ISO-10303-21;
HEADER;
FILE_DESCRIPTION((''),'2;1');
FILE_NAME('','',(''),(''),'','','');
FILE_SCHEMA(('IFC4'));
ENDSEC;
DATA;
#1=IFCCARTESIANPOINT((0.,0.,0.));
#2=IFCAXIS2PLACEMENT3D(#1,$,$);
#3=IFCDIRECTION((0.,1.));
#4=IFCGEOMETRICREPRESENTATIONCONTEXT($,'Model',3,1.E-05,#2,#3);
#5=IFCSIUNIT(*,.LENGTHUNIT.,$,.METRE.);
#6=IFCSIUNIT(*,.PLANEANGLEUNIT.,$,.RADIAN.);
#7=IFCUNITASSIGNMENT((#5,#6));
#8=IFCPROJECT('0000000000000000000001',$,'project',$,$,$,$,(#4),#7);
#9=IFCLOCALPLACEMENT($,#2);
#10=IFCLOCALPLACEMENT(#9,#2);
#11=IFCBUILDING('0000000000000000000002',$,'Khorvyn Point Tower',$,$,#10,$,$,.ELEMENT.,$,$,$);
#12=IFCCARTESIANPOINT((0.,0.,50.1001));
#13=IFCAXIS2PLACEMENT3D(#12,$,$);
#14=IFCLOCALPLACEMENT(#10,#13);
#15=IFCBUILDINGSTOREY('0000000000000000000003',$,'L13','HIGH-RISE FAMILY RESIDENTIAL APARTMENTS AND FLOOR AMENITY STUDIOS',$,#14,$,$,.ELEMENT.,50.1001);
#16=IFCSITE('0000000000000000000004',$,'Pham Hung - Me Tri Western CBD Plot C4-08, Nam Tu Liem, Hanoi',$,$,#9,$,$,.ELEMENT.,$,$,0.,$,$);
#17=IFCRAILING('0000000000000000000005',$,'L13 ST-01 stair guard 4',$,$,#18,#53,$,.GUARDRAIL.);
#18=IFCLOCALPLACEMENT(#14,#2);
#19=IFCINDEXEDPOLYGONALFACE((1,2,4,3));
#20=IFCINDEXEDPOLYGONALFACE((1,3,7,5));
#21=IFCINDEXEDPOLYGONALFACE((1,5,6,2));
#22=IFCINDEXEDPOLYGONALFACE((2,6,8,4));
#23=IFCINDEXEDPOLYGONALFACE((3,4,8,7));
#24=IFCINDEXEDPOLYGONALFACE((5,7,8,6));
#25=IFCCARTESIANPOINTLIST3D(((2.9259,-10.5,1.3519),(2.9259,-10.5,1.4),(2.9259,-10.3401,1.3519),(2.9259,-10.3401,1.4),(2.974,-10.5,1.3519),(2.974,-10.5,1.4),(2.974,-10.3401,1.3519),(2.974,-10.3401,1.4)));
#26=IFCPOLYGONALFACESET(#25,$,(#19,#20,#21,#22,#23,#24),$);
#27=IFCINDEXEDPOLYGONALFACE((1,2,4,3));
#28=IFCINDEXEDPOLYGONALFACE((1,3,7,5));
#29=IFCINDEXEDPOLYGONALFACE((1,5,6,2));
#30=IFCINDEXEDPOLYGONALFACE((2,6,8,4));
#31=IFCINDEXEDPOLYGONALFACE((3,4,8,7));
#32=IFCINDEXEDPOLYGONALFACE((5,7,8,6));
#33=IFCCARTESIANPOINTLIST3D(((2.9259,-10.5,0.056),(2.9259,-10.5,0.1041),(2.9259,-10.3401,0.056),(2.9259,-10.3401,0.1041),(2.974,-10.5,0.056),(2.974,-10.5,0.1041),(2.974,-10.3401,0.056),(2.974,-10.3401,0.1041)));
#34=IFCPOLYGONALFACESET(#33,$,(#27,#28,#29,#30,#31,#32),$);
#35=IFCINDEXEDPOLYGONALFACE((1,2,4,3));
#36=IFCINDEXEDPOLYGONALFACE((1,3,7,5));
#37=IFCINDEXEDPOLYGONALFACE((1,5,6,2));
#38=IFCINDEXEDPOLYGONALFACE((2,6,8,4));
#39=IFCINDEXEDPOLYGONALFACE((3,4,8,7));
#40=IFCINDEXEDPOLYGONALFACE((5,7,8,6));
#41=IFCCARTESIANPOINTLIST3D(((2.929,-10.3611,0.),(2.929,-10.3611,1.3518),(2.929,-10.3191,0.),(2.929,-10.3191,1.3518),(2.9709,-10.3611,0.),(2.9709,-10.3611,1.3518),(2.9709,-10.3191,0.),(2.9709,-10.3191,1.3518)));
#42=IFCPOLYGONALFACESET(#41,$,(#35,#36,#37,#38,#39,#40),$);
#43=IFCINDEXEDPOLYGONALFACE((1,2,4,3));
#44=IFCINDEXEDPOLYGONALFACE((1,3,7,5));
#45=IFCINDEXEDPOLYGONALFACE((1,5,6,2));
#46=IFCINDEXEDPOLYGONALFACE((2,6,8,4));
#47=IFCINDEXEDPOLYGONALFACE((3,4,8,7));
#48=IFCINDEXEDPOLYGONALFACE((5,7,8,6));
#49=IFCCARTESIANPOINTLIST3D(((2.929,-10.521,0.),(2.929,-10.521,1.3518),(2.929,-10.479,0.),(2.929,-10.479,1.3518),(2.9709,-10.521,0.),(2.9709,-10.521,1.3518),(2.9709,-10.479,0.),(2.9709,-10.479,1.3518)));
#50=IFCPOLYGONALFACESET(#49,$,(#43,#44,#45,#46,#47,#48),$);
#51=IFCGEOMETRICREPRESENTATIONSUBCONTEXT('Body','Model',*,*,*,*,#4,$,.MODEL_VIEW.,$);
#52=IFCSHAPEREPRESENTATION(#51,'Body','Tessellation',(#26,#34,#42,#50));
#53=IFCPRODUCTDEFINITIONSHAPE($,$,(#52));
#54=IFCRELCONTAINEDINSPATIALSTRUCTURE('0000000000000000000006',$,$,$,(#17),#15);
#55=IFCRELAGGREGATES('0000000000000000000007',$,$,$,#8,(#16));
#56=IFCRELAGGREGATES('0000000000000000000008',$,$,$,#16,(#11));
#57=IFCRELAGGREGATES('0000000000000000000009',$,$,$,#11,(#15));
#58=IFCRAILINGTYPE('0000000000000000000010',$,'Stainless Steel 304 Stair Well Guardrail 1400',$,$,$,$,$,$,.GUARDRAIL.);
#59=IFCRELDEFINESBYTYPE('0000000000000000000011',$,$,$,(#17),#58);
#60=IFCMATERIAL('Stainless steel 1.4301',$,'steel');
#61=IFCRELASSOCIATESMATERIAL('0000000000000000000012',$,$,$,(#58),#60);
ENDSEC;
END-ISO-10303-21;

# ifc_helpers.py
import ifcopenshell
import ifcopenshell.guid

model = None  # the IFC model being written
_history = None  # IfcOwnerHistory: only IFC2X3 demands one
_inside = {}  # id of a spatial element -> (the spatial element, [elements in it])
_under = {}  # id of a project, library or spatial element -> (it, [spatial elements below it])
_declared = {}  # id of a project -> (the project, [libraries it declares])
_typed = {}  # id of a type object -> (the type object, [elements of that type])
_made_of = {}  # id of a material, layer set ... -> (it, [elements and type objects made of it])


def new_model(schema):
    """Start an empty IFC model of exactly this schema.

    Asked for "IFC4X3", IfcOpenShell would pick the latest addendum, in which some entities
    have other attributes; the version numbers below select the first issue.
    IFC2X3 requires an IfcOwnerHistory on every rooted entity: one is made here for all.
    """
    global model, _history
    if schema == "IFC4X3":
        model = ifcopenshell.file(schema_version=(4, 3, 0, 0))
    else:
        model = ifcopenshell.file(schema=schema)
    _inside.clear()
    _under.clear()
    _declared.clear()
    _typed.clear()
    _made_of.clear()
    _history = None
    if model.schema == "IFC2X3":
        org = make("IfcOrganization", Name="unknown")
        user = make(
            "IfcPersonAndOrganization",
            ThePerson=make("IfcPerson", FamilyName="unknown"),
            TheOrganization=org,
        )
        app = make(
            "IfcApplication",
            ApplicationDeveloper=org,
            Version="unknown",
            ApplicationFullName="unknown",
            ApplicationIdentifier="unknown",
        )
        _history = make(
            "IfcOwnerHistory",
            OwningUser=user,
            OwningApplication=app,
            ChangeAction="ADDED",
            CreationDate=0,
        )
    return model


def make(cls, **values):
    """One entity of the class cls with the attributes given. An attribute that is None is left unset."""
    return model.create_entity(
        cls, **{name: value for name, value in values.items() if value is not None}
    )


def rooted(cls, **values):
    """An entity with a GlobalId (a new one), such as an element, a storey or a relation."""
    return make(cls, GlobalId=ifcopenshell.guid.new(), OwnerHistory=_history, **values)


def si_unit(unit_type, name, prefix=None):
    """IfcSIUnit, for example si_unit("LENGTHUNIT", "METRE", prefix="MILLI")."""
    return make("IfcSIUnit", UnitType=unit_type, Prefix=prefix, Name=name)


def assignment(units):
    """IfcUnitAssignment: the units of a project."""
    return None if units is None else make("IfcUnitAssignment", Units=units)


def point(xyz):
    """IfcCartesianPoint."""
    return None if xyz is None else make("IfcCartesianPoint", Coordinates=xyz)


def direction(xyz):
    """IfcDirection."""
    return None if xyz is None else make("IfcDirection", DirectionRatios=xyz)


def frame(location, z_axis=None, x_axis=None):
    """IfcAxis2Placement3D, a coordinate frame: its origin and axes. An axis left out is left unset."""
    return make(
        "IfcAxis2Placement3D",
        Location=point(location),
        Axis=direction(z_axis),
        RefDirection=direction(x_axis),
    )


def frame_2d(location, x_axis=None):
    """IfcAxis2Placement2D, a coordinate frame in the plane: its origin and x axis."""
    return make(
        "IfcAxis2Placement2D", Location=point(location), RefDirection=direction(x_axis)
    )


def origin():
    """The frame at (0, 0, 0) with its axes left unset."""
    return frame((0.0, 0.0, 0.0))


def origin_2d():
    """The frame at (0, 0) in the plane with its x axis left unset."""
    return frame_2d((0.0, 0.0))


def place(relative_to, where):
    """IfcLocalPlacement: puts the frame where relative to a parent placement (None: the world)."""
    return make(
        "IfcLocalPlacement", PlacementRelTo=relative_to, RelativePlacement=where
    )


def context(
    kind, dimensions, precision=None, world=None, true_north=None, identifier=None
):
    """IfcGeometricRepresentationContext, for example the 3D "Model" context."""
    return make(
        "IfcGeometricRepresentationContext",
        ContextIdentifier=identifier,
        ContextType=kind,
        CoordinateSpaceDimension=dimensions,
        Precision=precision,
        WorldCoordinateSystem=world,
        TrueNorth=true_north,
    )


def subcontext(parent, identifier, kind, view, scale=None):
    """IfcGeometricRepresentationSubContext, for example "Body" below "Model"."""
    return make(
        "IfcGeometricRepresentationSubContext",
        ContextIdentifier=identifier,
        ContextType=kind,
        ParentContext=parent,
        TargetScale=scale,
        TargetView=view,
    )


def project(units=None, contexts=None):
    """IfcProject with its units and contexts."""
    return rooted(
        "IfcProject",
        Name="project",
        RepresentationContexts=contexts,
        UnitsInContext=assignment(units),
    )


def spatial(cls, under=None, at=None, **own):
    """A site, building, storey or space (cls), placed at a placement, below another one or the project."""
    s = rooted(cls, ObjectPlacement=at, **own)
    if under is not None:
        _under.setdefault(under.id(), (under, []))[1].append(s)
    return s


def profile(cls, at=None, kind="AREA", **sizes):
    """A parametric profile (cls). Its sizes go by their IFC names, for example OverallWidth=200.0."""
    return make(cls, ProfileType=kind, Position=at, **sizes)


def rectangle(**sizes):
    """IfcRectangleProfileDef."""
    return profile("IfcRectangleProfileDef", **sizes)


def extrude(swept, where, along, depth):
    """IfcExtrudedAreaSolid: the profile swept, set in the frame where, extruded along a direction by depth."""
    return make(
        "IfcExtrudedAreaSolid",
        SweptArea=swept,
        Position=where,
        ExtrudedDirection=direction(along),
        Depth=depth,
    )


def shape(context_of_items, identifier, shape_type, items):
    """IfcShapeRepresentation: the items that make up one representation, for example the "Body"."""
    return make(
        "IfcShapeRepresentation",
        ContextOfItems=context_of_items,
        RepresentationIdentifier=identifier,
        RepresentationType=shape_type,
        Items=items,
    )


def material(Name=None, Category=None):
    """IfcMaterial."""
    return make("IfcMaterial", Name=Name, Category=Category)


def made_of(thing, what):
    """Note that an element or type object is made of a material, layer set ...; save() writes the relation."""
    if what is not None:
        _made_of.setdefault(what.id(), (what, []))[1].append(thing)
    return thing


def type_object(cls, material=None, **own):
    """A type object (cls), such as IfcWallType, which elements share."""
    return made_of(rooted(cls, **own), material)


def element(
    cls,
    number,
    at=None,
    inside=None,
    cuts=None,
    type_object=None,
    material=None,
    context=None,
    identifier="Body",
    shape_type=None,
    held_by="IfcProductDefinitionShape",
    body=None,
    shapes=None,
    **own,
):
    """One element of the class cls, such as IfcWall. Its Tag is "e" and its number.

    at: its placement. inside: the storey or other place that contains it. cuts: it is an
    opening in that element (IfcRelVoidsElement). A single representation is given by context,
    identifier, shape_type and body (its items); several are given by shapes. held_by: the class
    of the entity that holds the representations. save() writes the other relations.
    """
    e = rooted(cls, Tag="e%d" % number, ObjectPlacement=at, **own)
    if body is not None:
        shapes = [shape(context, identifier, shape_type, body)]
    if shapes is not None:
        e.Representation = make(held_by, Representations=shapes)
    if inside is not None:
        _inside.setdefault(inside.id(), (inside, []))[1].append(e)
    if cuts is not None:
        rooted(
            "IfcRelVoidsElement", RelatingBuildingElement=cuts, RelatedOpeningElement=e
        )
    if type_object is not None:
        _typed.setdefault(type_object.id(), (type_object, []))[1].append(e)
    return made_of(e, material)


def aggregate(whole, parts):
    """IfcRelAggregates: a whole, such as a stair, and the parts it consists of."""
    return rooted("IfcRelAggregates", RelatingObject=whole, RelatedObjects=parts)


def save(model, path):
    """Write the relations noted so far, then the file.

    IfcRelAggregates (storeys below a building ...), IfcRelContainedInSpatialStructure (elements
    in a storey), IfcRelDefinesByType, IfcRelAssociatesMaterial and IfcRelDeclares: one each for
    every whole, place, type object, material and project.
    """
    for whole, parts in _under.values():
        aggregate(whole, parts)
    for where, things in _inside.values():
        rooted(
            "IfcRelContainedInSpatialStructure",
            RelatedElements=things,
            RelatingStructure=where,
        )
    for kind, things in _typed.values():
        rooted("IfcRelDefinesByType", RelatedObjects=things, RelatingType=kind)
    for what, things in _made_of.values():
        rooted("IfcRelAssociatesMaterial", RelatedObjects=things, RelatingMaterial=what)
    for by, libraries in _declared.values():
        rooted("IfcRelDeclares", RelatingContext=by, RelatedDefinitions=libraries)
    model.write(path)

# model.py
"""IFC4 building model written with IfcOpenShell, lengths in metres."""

from ifc_helpers import new_model, si_unit, direction, frame, origin, origin_2d, place, context, subcontext, project, spatial, rectangle, extrude, material, type_object, element, save


model = new_model("IFC4")

# Units and contexts
model_context = context("Model", 3, precision=1e-05, world=origin(), true_north=direction((0.0, 1.0)))
body_context = subcontext(model_context, "Body", "Model", "MODEL_VIEW")
ifc_project = project(units=[si_unit("LENGTHUNIT", "METRE"), si_unit("PLANEANGLEUNIT", "RADIAN")], contexts=[model_context])

# Site, building, storey
site_placement = place(None, origin())
site = spatial("IfcSite", under=ifc_project, at=site_placement, Name="Pham Hung - Me Tri Western CBD Plot C4-08, Nam Tu Liem, Hanoi", CompositionType="ELEMENT", RefElevation=0.0)
building_placement = place(site_placement, origin())
building = spatial("IfcBuilding", under=site, at=building_placement, Name="Khorvyn Point Tower", CompositionType="ELEMENT")
storey_placement = place(building_placement, frame((0.0, 0.0, 50.1001)))
storey = spatial("IfcBuildingStorey", under=building, at=storey_placement, Name="L13", Description="HIGH-RISE FAMILY RESIDENTIAL APARTMENTS AND FLOOR AMENITY STUDIOS", CompositionType="ELEMENT", Elevation=50.1001)

# Railing
ifc_material_1 = material(Name="Stainless steel 1.4301", Category="steel")
railing_type_1 = type_object("IfcRailingType", Name="Stainless Steel 304 Stair Well Guardrail 1400", PredefinedType="GUARDRAIL", material=ifc_material_1)
railing_1_placement = place(storey_placement, frame((2.95, -10.3401, 0.0)))
element("IfcRailing", 1, at=railing_1_placement, inside=storey, type_object=railing_type_1, Name="L13 ST-01 stair guard 4", PredefinedType="GUARDRAIL", context=body_context, shape_type="SweptSolid", body=[
    extrude(rectangle(XDim=0.0481, YDim=0.0481, at=origin_2d()), frame((0.0, 0.0, 1.376), z_axis=(0.0, -1.0, 0.0), x_axis=(1.0, 0.0, 0.0)), (0.0, 0.0, 1.0), 0.1599),
    extrude(rectangle(XDim=0.0481, YDim=0.0481, at=origin_2d()), frame((0.0, 0.0, 0.0801), z_axis=(0.0, -1.0, 0.0), x_axis=(1.0, 0.0, 0.0)), (0.0, 0.0, 1.0), 0.1599),
    extrude(rectangle(XDim=0.042, YDim=0.042, at=origin_2d()), origin(), (0.0, 0.0, 1.0), 1.3518),
    extrude(rectangle(XDim=0.042, YDim=0.042, at=origin_2d()), frame((0.0, -0.1599, 0.0)), (0.0, 0.0, 1.0), 1.3518),
])

save(model, "model.ifc")
